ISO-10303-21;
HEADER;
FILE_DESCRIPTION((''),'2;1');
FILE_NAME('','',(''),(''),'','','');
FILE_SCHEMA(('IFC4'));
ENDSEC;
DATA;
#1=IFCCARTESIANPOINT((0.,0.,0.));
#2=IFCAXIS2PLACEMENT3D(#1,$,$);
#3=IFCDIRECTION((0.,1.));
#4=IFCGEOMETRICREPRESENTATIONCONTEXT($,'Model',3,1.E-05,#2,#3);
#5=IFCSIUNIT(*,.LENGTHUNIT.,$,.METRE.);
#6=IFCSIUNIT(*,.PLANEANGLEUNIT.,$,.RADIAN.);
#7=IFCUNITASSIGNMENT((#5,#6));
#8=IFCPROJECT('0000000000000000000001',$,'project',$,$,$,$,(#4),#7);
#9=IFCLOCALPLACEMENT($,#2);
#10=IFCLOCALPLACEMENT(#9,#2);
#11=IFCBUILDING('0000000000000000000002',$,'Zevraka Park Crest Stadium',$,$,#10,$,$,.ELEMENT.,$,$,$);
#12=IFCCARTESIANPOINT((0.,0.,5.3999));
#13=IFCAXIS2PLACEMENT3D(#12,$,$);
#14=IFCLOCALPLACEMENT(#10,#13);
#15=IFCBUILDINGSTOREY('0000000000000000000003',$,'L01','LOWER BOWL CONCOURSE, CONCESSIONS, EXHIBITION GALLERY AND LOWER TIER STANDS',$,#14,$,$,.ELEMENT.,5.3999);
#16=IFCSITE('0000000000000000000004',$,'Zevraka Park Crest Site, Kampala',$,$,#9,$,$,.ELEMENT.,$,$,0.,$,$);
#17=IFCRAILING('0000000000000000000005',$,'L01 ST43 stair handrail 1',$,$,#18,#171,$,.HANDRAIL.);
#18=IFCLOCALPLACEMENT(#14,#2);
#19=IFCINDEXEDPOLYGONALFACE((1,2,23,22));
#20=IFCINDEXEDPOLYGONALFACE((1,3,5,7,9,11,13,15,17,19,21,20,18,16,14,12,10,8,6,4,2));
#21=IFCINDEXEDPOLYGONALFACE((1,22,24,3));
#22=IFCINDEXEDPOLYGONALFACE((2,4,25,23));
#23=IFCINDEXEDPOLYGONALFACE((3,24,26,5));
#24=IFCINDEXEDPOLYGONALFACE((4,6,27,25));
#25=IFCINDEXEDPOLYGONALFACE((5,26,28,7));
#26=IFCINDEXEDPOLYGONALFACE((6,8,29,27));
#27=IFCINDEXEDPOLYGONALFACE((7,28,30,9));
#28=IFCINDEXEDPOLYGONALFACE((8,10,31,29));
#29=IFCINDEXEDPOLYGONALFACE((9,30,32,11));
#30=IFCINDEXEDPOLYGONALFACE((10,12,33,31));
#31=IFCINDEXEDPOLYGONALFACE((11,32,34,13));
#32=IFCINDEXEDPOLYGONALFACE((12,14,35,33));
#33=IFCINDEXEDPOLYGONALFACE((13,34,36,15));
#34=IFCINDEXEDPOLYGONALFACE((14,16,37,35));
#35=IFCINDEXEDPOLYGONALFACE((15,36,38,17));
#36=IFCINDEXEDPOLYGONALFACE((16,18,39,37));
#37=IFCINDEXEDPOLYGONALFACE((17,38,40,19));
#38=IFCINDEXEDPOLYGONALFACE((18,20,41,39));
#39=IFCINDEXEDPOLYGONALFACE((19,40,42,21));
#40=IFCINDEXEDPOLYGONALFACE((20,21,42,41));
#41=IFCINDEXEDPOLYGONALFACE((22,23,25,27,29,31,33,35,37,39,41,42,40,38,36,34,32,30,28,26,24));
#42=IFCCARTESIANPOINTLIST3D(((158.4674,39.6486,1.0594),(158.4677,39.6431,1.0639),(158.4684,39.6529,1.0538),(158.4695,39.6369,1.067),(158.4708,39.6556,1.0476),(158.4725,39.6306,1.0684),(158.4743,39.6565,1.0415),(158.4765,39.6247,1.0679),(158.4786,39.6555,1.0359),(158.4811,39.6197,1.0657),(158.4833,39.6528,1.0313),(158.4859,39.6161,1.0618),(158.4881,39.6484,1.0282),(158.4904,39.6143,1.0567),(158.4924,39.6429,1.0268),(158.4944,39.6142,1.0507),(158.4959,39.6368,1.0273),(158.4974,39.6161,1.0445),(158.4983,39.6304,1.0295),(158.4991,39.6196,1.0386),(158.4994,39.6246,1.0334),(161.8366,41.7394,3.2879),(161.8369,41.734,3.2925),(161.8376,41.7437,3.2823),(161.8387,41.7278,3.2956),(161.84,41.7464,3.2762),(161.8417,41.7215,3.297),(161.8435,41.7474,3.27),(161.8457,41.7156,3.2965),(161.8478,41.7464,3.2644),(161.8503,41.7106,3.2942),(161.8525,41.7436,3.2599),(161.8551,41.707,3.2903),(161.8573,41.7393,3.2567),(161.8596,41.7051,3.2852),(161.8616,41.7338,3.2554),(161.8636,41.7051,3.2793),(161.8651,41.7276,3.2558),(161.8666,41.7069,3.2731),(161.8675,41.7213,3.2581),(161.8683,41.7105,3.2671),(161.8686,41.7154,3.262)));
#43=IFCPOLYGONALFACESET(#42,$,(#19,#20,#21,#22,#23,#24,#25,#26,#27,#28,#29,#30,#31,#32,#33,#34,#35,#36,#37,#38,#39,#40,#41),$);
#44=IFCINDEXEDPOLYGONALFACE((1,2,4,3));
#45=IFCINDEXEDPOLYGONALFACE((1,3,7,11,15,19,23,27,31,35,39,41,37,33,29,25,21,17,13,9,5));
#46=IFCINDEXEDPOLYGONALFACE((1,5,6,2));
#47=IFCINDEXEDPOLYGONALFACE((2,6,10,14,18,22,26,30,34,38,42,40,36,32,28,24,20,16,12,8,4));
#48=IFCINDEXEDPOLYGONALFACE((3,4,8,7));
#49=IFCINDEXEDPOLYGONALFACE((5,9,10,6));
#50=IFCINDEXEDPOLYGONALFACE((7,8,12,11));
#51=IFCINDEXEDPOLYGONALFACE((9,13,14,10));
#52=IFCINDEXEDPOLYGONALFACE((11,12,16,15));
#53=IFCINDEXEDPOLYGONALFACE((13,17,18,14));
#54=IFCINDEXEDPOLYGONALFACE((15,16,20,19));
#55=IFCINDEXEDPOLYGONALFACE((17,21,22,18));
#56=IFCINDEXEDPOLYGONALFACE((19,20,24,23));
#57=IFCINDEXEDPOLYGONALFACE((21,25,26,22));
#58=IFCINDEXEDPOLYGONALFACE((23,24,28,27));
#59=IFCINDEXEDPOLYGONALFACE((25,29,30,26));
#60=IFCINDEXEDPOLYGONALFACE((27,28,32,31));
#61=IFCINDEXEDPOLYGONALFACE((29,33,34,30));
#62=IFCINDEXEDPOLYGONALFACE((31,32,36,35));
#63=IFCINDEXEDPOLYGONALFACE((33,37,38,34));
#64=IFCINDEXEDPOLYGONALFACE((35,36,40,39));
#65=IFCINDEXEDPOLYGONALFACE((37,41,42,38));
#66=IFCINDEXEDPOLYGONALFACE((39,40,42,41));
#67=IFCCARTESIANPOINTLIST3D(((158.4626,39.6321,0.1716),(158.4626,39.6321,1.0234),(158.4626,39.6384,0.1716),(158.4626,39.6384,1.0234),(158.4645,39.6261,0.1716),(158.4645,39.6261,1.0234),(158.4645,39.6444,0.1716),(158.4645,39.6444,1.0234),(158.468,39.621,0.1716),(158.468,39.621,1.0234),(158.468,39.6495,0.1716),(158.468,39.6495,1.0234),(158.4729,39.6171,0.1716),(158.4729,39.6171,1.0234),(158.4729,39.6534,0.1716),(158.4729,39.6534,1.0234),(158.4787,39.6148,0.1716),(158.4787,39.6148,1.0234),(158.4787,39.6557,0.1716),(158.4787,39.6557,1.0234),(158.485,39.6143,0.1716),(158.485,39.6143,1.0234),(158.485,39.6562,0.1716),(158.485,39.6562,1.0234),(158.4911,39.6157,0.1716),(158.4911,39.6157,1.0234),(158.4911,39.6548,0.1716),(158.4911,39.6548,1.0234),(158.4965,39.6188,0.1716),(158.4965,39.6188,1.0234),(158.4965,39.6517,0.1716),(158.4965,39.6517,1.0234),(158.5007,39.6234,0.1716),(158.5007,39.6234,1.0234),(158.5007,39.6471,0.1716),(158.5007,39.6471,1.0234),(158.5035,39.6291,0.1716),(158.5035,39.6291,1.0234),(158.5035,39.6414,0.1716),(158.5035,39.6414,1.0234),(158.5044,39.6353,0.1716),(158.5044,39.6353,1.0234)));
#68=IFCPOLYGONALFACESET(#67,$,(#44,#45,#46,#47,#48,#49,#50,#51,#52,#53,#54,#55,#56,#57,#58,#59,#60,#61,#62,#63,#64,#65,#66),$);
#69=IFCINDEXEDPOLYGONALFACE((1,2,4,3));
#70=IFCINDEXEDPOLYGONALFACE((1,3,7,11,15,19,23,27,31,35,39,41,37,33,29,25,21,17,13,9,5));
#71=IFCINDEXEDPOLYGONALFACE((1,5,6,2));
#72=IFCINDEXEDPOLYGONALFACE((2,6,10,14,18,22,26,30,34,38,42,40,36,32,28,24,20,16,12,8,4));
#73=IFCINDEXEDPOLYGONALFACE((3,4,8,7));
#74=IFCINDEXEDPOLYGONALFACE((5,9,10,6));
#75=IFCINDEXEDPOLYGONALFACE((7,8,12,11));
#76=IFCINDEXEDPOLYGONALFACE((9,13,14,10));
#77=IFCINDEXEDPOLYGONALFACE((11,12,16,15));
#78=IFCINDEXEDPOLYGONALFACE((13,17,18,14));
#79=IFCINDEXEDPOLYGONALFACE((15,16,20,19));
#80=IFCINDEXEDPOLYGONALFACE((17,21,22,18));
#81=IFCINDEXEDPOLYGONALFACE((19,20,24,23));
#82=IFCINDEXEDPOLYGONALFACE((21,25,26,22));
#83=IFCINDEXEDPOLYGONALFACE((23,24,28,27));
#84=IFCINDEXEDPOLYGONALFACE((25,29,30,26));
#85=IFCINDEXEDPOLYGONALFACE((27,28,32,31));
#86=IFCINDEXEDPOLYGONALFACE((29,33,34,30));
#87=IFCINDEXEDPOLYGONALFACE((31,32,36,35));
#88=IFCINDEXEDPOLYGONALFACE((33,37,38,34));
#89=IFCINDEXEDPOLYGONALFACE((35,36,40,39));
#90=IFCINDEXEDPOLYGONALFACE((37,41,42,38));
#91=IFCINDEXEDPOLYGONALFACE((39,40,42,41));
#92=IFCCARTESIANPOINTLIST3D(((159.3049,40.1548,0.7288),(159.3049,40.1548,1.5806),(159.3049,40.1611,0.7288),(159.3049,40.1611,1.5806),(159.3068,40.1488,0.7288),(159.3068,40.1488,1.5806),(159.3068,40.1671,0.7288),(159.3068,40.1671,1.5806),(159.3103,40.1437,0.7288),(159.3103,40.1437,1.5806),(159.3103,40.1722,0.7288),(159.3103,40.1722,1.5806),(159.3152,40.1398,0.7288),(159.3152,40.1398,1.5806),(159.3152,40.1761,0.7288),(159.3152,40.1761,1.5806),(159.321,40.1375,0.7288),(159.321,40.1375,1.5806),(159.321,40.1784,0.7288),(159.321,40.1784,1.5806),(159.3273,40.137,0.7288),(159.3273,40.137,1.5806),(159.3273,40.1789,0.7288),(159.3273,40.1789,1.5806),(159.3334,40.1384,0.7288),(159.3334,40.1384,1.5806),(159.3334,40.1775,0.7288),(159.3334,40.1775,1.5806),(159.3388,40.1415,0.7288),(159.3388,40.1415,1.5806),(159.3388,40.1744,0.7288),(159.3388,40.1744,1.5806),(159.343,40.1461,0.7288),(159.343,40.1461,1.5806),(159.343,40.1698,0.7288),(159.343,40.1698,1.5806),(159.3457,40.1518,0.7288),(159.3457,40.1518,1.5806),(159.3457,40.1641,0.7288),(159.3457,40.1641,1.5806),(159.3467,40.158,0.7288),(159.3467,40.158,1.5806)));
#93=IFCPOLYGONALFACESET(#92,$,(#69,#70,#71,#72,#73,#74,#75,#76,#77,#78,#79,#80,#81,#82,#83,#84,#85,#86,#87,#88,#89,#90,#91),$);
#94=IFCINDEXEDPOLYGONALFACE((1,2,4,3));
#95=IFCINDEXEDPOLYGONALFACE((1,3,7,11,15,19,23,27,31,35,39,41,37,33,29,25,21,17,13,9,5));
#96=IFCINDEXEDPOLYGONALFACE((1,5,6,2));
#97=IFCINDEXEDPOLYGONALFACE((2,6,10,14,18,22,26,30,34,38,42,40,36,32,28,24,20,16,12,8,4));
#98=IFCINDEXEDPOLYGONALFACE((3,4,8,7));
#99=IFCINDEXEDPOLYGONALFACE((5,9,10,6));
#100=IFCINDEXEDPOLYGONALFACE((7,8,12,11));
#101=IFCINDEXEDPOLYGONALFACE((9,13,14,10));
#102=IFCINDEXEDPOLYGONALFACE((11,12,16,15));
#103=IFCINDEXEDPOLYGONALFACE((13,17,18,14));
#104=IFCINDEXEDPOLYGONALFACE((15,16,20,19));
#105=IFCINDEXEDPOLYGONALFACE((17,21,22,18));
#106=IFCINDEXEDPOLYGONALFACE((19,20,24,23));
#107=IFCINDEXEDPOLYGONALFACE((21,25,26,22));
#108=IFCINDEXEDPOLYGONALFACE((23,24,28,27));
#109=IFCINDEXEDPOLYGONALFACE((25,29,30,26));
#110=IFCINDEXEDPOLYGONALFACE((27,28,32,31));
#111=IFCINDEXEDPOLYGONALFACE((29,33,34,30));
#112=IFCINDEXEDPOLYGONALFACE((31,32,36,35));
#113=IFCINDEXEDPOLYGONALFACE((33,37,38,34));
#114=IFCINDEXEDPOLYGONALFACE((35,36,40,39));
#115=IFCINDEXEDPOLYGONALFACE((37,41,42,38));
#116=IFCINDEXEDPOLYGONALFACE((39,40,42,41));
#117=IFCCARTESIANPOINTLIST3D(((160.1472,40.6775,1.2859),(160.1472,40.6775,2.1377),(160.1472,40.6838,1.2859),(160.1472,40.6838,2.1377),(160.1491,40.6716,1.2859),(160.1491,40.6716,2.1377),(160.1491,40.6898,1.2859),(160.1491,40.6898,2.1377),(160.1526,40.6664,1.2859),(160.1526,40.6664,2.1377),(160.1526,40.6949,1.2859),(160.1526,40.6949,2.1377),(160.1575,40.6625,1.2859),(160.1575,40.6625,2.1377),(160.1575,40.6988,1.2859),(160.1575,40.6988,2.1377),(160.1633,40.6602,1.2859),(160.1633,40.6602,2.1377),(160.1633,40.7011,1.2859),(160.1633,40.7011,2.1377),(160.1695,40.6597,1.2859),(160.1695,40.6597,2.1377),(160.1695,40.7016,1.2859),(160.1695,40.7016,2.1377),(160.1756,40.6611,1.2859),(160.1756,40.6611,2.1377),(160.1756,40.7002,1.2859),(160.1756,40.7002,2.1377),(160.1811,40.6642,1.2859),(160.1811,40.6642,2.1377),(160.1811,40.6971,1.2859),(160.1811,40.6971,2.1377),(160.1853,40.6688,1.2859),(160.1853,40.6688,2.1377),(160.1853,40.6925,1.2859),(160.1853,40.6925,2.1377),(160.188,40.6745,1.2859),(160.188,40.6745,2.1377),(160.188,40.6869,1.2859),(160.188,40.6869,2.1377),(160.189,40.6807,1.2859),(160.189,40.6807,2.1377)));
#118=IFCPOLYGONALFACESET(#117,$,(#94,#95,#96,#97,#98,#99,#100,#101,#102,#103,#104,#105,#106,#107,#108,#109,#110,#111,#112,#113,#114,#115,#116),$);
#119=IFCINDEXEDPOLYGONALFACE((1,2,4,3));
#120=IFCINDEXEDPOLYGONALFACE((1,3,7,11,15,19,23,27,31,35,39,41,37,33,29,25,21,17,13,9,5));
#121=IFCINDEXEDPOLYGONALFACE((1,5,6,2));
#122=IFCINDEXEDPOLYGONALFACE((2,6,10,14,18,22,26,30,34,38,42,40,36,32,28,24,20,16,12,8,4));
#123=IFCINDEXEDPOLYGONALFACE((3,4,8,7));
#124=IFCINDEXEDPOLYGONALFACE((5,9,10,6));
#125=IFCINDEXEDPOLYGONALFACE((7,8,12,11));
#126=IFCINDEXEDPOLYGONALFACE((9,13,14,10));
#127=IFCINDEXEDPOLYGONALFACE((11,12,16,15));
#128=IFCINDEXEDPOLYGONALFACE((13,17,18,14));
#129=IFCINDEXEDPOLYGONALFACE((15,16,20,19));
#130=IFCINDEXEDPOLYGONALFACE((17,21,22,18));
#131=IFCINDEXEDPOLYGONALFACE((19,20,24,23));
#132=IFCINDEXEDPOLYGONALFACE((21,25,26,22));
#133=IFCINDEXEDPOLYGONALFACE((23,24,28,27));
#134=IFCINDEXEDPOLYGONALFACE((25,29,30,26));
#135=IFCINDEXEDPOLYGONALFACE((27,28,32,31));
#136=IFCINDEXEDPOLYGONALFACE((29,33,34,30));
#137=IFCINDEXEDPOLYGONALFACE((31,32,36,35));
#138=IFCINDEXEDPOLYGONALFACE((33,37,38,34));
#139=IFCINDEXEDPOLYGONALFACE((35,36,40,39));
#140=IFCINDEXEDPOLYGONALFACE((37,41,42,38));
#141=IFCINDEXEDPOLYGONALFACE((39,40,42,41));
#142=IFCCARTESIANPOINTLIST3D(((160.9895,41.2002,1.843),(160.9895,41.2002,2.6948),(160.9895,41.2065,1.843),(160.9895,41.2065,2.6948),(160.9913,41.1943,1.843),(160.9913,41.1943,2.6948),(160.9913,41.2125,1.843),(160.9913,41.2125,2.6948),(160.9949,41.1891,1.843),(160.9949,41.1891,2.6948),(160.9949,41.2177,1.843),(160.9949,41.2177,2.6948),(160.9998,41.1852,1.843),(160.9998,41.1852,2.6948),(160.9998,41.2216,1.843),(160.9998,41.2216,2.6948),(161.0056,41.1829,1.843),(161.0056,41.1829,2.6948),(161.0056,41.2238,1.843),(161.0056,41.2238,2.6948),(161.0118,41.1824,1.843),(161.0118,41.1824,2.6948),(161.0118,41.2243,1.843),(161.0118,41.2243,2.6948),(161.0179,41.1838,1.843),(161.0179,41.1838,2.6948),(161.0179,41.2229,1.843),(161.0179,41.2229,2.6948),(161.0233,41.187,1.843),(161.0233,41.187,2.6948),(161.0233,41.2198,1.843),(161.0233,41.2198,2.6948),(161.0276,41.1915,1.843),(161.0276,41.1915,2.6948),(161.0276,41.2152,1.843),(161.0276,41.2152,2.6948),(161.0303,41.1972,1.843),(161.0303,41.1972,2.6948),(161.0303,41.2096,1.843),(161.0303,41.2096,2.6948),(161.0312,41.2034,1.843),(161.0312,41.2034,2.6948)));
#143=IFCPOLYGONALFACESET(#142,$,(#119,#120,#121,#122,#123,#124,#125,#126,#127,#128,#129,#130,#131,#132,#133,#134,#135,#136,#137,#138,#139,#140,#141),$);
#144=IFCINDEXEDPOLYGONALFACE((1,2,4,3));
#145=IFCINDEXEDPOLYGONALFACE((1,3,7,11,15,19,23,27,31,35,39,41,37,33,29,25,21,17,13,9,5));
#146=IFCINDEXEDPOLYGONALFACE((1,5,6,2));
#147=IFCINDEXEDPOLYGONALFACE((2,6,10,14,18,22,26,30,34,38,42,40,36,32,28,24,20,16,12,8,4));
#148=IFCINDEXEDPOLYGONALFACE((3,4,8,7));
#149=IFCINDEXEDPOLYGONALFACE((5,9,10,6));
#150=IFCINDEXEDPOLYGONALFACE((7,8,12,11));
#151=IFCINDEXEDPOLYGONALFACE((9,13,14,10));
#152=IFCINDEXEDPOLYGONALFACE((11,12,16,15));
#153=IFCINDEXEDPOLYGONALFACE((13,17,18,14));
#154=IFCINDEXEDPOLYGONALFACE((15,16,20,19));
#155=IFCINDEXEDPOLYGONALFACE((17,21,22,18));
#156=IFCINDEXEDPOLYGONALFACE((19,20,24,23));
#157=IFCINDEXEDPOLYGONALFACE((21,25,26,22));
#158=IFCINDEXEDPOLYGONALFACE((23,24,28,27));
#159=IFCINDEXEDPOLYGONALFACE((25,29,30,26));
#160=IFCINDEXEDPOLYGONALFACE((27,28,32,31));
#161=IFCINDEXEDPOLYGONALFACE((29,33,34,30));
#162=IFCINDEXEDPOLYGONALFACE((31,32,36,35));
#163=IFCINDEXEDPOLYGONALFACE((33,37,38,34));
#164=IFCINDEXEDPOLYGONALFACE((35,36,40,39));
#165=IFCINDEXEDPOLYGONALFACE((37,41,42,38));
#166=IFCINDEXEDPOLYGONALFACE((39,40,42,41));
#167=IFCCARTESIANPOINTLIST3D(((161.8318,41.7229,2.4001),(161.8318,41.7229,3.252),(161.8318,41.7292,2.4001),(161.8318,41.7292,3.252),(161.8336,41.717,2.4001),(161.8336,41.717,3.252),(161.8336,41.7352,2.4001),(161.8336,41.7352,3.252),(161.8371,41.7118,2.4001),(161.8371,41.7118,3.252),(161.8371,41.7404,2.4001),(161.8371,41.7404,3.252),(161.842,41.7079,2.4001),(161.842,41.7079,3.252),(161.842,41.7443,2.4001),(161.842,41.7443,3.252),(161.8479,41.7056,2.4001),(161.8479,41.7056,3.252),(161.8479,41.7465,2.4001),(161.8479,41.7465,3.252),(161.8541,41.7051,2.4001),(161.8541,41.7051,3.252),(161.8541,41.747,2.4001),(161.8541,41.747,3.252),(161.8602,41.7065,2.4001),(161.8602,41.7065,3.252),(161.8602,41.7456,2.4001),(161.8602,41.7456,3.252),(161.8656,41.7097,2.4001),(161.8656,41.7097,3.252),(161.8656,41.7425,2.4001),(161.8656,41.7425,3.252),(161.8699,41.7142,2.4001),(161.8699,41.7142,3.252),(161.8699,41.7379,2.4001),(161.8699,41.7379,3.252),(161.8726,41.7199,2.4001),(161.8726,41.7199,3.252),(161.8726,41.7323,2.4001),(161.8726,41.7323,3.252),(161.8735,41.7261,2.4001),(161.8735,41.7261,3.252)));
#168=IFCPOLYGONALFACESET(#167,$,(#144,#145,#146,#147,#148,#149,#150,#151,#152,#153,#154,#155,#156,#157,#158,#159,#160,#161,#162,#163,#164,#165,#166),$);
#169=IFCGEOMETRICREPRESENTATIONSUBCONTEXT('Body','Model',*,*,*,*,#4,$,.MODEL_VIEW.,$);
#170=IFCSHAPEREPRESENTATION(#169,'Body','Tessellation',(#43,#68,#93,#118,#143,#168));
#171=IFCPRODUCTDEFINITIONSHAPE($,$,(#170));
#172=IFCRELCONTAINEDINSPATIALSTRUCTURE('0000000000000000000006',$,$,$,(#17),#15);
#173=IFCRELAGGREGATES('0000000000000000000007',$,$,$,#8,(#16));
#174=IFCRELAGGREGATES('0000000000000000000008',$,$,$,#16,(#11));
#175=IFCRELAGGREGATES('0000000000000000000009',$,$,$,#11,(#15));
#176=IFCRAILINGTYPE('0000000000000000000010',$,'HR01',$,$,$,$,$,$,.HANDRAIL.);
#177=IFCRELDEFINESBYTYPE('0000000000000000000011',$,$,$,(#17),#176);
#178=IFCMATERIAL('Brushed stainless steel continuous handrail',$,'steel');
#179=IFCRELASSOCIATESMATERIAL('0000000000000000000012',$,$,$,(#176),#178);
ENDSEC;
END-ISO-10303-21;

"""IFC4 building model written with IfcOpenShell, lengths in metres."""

from ifc_helpers import new_model, si_unit, direction, frame, origin, origin_2d, place, context, subcontext, project, spatial, circle, extrude, material, type_object, element, save


model = new_model("IFC4")

# Units and contexts
model_context = context("Model", 3, precision=1e-05, world=origin(), true_north=direction((0.0, 1.0)))
body_context = subcontext(model_context, "Body", "Model", "MODEL_VIEW")
ifc_project = project(units=[si_unit("LENGTHUNIT", "METRE"), si_unit("PLANEANGLEUNIT", "RADIAN")], contexts=[model_context])

# Site, building, storey
site_placement = place(None, origin())
site = spatial("IfcSite", under=ifc_project, at=site_placement, Name="Zevraka Park Crest Site, Kampala", CompositionType="ELEMENT", RefElevation=0.0)
building_placement = place(site_placement, origin())
building = spatial("IfcBuilding", under=site, at=building_placement, Name="Zevraka Park Crest Stadium", CompositionType="ELEMENT")
storey_placement = place(building_placement, frame((0.0, 0.0, 5.3999)))
storey = spatial("IfcBuildingStorey", under=building, at=storey_placement, Name="L01", Description="LOWER BOWL CONCOURSE, CONCESSIONS, EXHIBITION GALLERY AND LOWER TIER STANDS", CompositionType="ELEMENT", Elevation=5.3999)

# Railing
ifc_material_1 = material(Name="Brushed stainless steel continuous handrail", Category="steel")
railing_type_1 = type_object("IfcRailingType", Name="HR01", PredefinedType="HANDRAIL", material=ifc_material_1)
railing_1_placement = place(storey_placement, frame((158.4834, 39.6353, 0.1716)))
element("IfcRailing", 1, at=railing_1_placement, inside=storey, type_object=railing_type_1, Name="L01 ST43 stair handrail 1", PredefinedType="HANDRAIL", context=body_context, shape_type="SweptSolid", body=[
    extrude(circle(Radius=0.0239, at=origin_2d()), frame((0.0, 0.0, 0.876), z_axis=(0.740713, 0.459672, 0.489944), x_axis=(-0.527295, 0.849682, 0.0)), (0.0, 0.0, 1.0), 4.5486),
    extrude(circle(Radius=0.021, at=origin_2d()), origin(), (0.0, 0.0, 1.0), 0.8518),
    extrude(circle(Radius=0.021, at=origin_2d()), frame((0.8423, 0.5227, 0.5571)), (0.0, 0.0, 1.0), 0.8518),
    extrude(circle(Radius=0.021, at=origin_2d()), frame((1.6846, 1.0454, 1.1143)), (0.0, 0.0, 1.0), 0.8518),
    extrude(circle(Radius=0.021, at=origin_2d()), frame((2.5269, 1.5681, 1.6714)), (0.0, 0.0, 1.0), 0.8518),
    extrude(circle(Radius=0.021, at=origin_2d()), frame((3.3691, 2.0908, 2.2285)), (0.0, 0.0, 1.0), 0.8518),
])

save(model, "model.ifc")
